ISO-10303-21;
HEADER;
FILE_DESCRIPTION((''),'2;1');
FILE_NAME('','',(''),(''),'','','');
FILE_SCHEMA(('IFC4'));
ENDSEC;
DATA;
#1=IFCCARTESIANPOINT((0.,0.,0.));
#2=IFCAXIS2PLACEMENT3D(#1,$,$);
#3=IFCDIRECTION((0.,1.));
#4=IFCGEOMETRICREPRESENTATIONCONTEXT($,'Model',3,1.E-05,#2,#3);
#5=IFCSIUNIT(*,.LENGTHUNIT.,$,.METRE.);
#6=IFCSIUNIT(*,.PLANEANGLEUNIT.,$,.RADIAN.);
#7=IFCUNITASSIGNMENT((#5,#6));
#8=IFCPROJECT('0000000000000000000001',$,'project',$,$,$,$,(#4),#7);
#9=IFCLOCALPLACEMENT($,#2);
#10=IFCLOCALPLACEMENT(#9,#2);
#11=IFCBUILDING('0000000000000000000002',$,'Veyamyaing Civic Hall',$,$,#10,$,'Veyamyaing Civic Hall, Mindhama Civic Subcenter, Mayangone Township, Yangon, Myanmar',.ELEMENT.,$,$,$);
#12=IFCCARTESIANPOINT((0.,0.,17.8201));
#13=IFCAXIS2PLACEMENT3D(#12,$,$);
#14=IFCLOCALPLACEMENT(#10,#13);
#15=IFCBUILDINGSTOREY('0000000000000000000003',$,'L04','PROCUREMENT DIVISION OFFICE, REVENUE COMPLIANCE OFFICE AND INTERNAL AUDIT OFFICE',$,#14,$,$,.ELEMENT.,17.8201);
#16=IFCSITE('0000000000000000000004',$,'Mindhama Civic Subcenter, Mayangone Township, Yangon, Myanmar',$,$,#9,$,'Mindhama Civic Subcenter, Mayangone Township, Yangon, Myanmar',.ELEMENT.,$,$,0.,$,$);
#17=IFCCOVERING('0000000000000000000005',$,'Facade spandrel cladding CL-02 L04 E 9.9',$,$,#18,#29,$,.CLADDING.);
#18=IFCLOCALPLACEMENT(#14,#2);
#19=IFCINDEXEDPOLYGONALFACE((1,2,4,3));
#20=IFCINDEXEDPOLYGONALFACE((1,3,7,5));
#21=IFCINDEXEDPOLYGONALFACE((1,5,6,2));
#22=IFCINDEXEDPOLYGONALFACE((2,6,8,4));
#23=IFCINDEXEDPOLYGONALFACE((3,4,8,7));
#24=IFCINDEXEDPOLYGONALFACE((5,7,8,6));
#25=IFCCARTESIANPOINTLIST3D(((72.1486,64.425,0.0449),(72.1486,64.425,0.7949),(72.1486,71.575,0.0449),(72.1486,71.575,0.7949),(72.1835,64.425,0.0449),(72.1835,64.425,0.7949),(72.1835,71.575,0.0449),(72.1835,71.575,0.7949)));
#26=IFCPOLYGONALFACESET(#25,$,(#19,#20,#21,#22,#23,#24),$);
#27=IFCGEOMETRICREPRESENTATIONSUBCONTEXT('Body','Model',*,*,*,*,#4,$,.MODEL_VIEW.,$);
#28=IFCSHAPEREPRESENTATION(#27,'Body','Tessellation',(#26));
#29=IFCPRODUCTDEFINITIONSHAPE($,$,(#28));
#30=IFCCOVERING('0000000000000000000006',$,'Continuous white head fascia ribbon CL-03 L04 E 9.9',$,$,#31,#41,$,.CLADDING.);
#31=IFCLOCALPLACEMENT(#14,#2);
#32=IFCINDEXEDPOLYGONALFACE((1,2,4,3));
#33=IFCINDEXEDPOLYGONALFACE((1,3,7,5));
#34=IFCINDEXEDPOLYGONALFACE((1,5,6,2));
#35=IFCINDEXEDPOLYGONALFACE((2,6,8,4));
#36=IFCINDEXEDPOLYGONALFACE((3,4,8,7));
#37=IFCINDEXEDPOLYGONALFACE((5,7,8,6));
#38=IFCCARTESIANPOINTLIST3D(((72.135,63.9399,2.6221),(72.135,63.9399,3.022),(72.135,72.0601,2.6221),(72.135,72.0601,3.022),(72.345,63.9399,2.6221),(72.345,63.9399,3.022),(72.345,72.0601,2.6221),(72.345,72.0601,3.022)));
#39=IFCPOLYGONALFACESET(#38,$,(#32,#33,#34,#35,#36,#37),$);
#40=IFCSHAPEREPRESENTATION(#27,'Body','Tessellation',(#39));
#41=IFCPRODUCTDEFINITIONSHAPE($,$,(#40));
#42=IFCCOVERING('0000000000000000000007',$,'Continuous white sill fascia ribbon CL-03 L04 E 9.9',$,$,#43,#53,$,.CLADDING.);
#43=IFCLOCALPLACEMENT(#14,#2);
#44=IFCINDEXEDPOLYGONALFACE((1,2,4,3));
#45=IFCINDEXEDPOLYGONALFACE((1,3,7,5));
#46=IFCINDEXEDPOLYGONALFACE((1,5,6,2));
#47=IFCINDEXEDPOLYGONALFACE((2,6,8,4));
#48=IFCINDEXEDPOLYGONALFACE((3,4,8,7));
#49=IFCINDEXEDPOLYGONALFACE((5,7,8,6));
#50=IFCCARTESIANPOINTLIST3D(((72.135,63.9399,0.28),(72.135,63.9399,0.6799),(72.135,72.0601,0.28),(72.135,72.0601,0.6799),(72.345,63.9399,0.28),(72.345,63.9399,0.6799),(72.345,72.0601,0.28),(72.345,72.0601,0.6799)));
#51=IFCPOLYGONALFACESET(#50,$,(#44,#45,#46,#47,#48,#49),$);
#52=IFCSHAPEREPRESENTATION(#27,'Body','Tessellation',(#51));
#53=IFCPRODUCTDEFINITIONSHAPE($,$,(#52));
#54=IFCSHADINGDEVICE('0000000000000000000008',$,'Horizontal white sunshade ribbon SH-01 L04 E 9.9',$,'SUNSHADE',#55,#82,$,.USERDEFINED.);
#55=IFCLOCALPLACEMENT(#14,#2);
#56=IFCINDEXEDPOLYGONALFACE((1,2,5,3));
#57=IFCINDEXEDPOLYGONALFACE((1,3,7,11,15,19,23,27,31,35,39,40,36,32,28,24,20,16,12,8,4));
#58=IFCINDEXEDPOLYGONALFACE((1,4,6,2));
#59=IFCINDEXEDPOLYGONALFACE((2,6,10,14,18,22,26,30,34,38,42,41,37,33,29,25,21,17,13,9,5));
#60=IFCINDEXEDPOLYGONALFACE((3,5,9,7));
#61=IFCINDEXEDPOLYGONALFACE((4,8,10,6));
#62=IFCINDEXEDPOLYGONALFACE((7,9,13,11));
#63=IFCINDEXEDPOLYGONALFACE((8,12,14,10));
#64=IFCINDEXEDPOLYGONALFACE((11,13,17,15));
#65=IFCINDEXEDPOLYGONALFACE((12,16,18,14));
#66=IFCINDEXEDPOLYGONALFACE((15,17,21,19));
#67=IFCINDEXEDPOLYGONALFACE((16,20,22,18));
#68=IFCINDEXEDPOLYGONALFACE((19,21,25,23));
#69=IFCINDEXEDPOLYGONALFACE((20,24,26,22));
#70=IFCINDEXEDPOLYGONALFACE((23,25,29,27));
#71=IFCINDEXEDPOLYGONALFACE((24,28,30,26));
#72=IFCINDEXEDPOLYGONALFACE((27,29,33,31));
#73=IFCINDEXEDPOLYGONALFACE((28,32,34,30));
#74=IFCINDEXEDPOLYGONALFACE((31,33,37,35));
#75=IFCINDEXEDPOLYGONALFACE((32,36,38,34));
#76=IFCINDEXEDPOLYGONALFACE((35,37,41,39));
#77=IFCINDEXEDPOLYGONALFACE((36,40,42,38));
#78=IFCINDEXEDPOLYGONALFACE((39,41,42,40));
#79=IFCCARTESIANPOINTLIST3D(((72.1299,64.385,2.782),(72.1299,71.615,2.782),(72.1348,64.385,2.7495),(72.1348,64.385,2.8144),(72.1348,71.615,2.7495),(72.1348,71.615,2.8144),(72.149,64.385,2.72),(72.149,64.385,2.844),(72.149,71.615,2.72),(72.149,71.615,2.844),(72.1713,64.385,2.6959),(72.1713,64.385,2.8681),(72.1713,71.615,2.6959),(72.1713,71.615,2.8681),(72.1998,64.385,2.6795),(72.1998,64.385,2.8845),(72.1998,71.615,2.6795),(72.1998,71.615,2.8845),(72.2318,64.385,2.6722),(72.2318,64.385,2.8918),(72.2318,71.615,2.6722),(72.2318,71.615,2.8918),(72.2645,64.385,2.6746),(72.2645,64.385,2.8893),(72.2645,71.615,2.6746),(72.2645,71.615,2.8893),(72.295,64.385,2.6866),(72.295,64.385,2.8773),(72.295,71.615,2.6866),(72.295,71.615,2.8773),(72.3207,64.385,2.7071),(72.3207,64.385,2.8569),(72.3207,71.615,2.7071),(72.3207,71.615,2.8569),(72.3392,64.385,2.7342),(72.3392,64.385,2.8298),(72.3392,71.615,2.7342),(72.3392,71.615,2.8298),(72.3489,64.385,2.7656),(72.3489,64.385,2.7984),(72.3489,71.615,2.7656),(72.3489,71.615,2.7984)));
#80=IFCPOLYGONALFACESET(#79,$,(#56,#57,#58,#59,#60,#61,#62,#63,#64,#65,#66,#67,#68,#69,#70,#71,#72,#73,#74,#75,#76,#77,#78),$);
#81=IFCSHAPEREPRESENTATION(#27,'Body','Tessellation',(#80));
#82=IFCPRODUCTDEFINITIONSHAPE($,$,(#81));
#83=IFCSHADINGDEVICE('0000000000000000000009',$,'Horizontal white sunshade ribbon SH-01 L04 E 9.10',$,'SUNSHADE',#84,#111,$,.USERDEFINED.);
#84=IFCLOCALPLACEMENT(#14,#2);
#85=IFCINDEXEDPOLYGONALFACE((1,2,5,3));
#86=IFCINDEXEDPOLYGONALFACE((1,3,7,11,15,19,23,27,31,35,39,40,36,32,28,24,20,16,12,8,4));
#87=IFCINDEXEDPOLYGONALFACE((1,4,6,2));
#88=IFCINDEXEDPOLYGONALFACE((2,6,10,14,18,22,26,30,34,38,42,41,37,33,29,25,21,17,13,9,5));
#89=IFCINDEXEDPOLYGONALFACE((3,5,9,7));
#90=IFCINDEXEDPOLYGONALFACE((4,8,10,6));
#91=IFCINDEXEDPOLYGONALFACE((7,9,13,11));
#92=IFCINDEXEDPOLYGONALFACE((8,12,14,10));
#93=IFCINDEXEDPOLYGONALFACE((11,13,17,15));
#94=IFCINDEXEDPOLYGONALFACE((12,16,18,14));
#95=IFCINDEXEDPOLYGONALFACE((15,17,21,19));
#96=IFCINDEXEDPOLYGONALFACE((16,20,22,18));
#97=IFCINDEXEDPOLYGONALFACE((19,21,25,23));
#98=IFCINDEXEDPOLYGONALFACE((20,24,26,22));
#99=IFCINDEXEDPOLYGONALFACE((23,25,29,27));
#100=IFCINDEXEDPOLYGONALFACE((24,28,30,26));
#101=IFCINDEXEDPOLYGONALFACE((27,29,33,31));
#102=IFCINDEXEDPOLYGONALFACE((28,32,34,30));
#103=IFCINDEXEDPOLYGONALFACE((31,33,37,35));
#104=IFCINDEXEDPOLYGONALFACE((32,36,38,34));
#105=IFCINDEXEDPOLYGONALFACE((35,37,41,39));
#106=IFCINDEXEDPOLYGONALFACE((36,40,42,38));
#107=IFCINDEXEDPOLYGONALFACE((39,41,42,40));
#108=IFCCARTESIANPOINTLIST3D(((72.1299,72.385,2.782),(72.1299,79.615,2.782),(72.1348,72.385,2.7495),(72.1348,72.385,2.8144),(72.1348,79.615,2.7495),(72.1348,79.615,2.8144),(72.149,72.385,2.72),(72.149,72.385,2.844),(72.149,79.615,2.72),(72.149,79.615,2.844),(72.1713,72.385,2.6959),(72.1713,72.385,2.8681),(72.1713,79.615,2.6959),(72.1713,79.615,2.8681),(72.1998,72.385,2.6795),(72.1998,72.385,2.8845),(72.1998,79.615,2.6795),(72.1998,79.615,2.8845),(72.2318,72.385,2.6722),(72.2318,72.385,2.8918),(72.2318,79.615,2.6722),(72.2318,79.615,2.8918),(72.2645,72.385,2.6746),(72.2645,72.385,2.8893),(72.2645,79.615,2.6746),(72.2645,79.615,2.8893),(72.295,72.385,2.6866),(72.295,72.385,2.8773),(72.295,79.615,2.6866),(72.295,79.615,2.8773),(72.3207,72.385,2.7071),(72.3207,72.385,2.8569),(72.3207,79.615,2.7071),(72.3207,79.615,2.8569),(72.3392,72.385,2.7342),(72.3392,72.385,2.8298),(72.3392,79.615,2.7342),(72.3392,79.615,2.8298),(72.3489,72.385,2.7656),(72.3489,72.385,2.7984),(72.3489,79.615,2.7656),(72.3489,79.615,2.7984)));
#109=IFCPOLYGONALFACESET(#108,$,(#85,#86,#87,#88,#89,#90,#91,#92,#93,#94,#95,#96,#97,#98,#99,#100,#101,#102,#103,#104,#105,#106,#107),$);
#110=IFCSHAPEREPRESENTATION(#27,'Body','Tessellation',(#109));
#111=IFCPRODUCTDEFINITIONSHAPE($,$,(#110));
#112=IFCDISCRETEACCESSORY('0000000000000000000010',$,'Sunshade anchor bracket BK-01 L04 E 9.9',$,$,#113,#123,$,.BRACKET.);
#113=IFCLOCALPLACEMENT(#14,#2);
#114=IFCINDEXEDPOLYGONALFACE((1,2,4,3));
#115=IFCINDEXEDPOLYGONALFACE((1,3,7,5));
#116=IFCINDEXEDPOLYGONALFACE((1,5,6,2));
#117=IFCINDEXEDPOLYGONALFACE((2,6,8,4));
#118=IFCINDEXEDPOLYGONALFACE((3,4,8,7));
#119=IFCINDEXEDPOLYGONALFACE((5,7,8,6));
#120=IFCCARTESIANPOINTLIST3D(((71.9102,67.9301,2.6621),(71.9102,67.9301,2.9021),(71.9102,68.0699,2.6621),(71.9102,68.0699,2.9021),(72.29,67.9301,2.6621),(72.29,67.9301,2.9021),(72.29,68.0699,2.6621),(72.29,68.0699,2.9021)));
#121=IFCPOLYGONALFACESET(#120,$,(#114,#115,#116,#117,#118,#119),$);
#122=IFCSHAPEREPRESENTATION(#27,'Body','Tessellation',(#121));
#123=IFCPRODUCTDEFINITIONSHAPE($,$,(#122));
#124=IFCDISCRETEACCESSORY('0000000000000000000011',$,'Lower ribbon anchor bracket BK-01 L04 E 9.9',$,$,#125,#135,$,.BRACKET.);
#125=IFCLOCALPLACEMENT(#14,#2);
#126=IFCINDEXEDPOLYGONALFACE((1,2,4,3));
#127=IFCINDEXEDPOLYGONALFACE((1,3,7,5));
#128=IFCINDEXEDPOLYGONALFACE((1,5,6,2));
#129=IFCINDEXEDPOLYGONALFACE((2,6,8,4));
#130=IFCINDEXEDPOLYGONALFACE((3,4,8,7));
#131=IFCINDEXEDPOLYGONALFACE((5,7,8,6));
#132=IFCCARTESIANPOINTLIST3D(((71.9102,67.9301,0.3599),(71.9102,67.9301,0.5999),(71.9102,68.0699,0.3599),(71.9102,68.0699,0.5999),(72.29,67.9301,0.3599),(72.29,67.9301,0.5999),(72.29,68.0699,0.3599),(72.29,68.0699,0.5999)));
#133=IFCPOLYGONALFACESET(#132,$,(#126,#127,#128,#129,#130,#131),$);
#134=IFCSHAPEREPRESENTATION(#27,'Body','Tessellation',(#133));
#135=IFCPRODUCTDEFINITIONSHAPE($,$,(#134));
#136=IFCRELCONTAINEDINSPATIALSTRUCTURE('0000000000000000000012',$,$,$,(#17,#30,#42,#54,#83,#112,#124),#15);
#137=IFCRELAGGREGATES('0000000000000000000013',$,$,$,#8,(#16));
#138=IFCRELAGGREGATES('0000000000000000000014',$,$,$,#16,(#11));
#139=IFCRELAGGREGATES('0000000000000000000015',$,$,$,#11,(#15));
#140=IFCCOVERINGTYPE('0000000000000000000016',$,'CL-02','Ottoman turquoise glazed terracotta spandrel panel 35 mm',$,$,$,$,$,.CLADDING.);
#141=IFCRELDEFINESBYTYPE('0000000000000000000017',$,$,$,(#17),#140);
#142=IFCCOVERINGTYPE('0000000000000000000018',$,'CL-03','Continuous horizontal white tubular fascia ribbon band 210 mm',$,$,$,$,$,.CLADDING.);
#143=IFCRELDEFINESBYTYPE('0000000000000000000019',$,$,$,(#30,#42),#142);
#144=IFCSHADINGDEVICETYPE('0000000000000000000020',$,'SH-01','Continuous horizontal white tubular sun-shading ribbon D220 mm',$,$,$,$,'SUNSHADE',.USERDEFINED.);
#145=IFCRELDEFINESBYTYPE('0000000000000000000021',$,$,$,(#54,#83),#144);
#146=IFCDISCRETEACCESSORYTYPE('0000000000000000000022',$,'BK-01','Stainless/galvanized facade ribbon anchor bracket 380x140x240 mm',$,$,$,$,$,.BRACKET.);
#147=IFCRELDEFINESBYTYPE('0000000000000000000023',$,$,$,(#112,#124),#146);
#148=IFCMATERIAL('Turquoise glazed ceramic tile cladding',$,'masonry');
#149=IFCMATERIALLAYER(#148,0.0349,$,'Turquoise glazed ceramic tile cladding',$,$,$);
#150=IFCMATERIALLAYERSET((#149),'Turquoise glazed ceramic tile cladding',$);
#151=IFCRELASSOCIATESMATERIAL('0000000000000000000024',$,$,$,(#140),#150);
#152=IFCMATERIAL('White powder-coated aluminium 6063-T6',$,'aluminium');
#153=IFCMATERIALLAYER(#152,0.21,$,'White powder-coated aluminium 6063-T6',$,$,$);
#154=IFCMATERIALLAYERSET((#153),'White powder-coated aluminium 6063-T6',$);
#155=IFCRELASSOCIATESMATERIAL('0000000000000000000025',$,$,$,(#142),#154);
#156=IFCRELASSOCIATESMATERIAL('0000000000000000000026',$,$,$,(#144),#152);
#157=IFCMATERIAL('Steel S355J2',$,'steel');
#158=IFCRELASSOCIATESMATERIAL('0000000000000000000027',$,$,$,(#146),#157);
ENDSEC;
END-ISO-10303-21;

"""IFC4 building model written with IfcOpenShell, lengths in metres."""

from ifc_helpers import new_model, si_unit, direction, frame, origin, origin_2d, place, context, subcontext, project, spatial, rectangle, circle, extrude, material, layer, layer_set, material_profile, profile_set, type_object, element, save


model = new_model("IFC4")

# Units and contexts
model_context = context("Model", 3, precision=1e-05, world=origin(), true_north=direction((0.0, 1.0)))
body_context = subcontext(model_context, "Body", "Model", "MODEL_VIEW")
ifc_project = project(units=[si_unit("LENGTHUNIT", "METRE"), si_unit("PLANEANGLEUNIT", "RADIAN")], contexts=[model_context])

# Site, building, storey
site_placement = place(None, origin())
site = spatial("IfcSite", under=ifc_project, at=site_placement, Name="Mindhama Civic Subcenter, Mayangone Township, Yangon, Myanmar", LongName="Mindhama Civic Subcenter, Mayangone Township, Yangon, Myanmar", CompositionType="ELEMENT", RefElevation=0.0)
building_placement = place(site_placement, origin())
building = spatial("IfcBuilding", under=site, at=building_placement, Name="Veyamyaing Civic Hall", LongName="Veyamyaing Civic Hall, Mindhama Civic Subcenter, Mayangone Township, Yangon, Myanmar", CompositionType="ELEMENT")
storey_placement = place(building_placement, frame((0.0, 0.0, 17.8201)))
storey = spatial("IfcBuildingStorey", under=building, at=storey_placement, Name="L04", Description="PROCUREMENT DIVISION OFFICE, REVENUE COMPLIANCE OFFICE AND INTERNAL AUDIT OFFICE", CompositionType="ELEMENT", Elevation=17.8201)

# Coverings
ifc_material_1 = material(Name="Turquoise glazed ceramic tile cladding", Category="masonry")
ifc_layer_1 = layer(ifc_material_1, 0.0349, Name="Turquoise glazed ceramic tile cladding")
ifc_layer_set_1 = layer_set([ifc_layer_1], Name="Turquoise glazed ceramic tile cladding")
covering_type_1 = type_object("IfcCoveringType", Name="CL-02", Description="Ottoman turquoise glazed terracotta spandrel panel 35 mm", PredefinedType="CLADDING", material=ifc_layer_set_1)
covering_placement = place(storey_placement, frame((72.166, 68.0, 0.0449), z_axis=(0.0, 0.0, 1.0), x_axis=(0.0, 1.0, 0.0)))
element("IfcCovering", 1, at=covering_placement, inside=storey, type_object=covering_type_1, Name="Facade spandrel cladding CL-02 L04 E 9.9", PredefinedType="CLADDING", context=body_context, shape_type="SweptSolid", body=[
    extrude(rectangle(XDim=7.1499, YDim=0.0349, at=origin_2d()), origin(), (0.0, 0.0, 1.0), 0.75),
])
ifc_material_2 = material(Name="White powder-coated aluminium 6063-T6", Category="aluminium")
ifc_layer_2 = layer(ifc_material_2, 0.21, Name="White powder-coated aluminium 6063-T6")
ifc_layer_set_2 = layer_set([ifc_layer_2], Name="White powder-coated aluminium 6063-T6")
covering_type_2 = type_object("IfcCoveringType", Name="CL-03", Description="Continuous horizontal white tubular fascia ribbon band 210 mm", PredefinedType="CLADDING", material=ifc_layer_set_2)
for number, where, z_axis, x_axis, name in (
    (2, (72.24, 68.0, 2.6221), (0.0, 0.0, 1.0), (0.0, 1.0, 0.0), "Continuous white head fascia ribbon CL-03 L04 E 9.9"),
    (3, (72.24, 68.0, 0.28), (0.0, 0.0, 1.0), (0.0, 1.0, 0.0), "Continuous white sill fascia ribbon CL-03 L04 E 9.9"),
):
    element("IfcCovering", number, at=place(storey_placement, frame(where, z_axis=z_axis, x_axis=x_axis)), inside=storey, type_object=covering_type_2, Name=name, PredefinedType="CLADDING", context=body_context, shape_type="SweptSolid", body=[
        extrude(rectangle(XDim=8.1201, YDim=0.21, at=origin_2d()), origin(), (0.0, 0.0, 1.0), 0.3999),
    ])

# Shading devices
ifc_material_profile_1 = material_profile(ifc_material_2, circle(Radius=0.1101, at=origin_2d()), Name="SHADE-TUBE-220")
ifc_profile_set_1 = profile_set([ifc_material_profile_1], Name="White powder-coated aluminium 6063-T6")
shading_device_type = type_object("IfcShadingDeviceType", Name="SH-01", Description="Continuous horizontal white tubular sun-shading ribbon D220 mm", ElementType="SUNSHADE", PredefinedType="USERDEFINED", material=ifc_profile_set_1)
for number, where, z_axis, x_axis, name in (
    (4, (72.24, 64.385, 2.782), (0.0, 1.0, 0.0), (-1.0, 0.0, 0.0), "Horizontal white sunshade ribbon SH-01 L04 E 9.9"),
    (5, (72.24, 72.385, 2.782), (0.0, 1.0, 0.0), (-1.0, 0.0, 0.0), "Horizontal white sunshade ribbon SH-01 L04 E 9.10"),
):
    element("IfcShadingDevice", number, at=place(storey_placement, frame(where, z_axis=z_axis, x_axis=x_axis)), inside=storey, type_object=shading_device_type, Name=name, ObjectType="SUNSHADE", PredefinedType="USERDEFINED", context=body_context, shape_type="SweptSolid", body=[
        extrude(circle(Radius=0.1101, at=origin_2d()), origin(), (0.0, 0.0, 1.0), 7.23),
    ])

# Discrete accessories
ifc_material_3 = material(Name="Steel S355J2", Category="steel")
discrete_accessory_type = type_object("IfcDiscreteAccessoryType", Name="BK-01", Description="Stainless/galvanized facade ribbon anchor bracket 380x140x240 mm", PredefinedType="BRACKET", material=ifc_material_3)
for number, where, z_axis, x_axis, name in (
    (6, (72.1001, 68.0, 2.6621), (0.0, 0.0, 1.0), (1.0, 0.0, 0.0), "Sunshade anchor bracket BK-01 L04 E 9.9"),
    (7, (72.1001, 68.0, 0.3599), (0.0, 0.0, 1.0), (1.0, 0.0, 0.0), "Lower ribbon anchor bracket BK-01 L04 E 9.9"),
):
    element("IfcDiscreteAccessory", number, at=place(storey_placement, frame(where, z_axis=z_axis, x_axis=x_axis)), inside=storey, type_object=discrete_accessory_type, Name=name, PredefinedType="BRACKET", context=body_context, shape_type="SweptSolid", body=[
        extrude(rectangle(XDim=0.3799, YDim=0.1399, at=origin_2d()), origin(), (0.0, 0.0, 1.0), 0.24),
    ])

save(model, "model.ifc")
